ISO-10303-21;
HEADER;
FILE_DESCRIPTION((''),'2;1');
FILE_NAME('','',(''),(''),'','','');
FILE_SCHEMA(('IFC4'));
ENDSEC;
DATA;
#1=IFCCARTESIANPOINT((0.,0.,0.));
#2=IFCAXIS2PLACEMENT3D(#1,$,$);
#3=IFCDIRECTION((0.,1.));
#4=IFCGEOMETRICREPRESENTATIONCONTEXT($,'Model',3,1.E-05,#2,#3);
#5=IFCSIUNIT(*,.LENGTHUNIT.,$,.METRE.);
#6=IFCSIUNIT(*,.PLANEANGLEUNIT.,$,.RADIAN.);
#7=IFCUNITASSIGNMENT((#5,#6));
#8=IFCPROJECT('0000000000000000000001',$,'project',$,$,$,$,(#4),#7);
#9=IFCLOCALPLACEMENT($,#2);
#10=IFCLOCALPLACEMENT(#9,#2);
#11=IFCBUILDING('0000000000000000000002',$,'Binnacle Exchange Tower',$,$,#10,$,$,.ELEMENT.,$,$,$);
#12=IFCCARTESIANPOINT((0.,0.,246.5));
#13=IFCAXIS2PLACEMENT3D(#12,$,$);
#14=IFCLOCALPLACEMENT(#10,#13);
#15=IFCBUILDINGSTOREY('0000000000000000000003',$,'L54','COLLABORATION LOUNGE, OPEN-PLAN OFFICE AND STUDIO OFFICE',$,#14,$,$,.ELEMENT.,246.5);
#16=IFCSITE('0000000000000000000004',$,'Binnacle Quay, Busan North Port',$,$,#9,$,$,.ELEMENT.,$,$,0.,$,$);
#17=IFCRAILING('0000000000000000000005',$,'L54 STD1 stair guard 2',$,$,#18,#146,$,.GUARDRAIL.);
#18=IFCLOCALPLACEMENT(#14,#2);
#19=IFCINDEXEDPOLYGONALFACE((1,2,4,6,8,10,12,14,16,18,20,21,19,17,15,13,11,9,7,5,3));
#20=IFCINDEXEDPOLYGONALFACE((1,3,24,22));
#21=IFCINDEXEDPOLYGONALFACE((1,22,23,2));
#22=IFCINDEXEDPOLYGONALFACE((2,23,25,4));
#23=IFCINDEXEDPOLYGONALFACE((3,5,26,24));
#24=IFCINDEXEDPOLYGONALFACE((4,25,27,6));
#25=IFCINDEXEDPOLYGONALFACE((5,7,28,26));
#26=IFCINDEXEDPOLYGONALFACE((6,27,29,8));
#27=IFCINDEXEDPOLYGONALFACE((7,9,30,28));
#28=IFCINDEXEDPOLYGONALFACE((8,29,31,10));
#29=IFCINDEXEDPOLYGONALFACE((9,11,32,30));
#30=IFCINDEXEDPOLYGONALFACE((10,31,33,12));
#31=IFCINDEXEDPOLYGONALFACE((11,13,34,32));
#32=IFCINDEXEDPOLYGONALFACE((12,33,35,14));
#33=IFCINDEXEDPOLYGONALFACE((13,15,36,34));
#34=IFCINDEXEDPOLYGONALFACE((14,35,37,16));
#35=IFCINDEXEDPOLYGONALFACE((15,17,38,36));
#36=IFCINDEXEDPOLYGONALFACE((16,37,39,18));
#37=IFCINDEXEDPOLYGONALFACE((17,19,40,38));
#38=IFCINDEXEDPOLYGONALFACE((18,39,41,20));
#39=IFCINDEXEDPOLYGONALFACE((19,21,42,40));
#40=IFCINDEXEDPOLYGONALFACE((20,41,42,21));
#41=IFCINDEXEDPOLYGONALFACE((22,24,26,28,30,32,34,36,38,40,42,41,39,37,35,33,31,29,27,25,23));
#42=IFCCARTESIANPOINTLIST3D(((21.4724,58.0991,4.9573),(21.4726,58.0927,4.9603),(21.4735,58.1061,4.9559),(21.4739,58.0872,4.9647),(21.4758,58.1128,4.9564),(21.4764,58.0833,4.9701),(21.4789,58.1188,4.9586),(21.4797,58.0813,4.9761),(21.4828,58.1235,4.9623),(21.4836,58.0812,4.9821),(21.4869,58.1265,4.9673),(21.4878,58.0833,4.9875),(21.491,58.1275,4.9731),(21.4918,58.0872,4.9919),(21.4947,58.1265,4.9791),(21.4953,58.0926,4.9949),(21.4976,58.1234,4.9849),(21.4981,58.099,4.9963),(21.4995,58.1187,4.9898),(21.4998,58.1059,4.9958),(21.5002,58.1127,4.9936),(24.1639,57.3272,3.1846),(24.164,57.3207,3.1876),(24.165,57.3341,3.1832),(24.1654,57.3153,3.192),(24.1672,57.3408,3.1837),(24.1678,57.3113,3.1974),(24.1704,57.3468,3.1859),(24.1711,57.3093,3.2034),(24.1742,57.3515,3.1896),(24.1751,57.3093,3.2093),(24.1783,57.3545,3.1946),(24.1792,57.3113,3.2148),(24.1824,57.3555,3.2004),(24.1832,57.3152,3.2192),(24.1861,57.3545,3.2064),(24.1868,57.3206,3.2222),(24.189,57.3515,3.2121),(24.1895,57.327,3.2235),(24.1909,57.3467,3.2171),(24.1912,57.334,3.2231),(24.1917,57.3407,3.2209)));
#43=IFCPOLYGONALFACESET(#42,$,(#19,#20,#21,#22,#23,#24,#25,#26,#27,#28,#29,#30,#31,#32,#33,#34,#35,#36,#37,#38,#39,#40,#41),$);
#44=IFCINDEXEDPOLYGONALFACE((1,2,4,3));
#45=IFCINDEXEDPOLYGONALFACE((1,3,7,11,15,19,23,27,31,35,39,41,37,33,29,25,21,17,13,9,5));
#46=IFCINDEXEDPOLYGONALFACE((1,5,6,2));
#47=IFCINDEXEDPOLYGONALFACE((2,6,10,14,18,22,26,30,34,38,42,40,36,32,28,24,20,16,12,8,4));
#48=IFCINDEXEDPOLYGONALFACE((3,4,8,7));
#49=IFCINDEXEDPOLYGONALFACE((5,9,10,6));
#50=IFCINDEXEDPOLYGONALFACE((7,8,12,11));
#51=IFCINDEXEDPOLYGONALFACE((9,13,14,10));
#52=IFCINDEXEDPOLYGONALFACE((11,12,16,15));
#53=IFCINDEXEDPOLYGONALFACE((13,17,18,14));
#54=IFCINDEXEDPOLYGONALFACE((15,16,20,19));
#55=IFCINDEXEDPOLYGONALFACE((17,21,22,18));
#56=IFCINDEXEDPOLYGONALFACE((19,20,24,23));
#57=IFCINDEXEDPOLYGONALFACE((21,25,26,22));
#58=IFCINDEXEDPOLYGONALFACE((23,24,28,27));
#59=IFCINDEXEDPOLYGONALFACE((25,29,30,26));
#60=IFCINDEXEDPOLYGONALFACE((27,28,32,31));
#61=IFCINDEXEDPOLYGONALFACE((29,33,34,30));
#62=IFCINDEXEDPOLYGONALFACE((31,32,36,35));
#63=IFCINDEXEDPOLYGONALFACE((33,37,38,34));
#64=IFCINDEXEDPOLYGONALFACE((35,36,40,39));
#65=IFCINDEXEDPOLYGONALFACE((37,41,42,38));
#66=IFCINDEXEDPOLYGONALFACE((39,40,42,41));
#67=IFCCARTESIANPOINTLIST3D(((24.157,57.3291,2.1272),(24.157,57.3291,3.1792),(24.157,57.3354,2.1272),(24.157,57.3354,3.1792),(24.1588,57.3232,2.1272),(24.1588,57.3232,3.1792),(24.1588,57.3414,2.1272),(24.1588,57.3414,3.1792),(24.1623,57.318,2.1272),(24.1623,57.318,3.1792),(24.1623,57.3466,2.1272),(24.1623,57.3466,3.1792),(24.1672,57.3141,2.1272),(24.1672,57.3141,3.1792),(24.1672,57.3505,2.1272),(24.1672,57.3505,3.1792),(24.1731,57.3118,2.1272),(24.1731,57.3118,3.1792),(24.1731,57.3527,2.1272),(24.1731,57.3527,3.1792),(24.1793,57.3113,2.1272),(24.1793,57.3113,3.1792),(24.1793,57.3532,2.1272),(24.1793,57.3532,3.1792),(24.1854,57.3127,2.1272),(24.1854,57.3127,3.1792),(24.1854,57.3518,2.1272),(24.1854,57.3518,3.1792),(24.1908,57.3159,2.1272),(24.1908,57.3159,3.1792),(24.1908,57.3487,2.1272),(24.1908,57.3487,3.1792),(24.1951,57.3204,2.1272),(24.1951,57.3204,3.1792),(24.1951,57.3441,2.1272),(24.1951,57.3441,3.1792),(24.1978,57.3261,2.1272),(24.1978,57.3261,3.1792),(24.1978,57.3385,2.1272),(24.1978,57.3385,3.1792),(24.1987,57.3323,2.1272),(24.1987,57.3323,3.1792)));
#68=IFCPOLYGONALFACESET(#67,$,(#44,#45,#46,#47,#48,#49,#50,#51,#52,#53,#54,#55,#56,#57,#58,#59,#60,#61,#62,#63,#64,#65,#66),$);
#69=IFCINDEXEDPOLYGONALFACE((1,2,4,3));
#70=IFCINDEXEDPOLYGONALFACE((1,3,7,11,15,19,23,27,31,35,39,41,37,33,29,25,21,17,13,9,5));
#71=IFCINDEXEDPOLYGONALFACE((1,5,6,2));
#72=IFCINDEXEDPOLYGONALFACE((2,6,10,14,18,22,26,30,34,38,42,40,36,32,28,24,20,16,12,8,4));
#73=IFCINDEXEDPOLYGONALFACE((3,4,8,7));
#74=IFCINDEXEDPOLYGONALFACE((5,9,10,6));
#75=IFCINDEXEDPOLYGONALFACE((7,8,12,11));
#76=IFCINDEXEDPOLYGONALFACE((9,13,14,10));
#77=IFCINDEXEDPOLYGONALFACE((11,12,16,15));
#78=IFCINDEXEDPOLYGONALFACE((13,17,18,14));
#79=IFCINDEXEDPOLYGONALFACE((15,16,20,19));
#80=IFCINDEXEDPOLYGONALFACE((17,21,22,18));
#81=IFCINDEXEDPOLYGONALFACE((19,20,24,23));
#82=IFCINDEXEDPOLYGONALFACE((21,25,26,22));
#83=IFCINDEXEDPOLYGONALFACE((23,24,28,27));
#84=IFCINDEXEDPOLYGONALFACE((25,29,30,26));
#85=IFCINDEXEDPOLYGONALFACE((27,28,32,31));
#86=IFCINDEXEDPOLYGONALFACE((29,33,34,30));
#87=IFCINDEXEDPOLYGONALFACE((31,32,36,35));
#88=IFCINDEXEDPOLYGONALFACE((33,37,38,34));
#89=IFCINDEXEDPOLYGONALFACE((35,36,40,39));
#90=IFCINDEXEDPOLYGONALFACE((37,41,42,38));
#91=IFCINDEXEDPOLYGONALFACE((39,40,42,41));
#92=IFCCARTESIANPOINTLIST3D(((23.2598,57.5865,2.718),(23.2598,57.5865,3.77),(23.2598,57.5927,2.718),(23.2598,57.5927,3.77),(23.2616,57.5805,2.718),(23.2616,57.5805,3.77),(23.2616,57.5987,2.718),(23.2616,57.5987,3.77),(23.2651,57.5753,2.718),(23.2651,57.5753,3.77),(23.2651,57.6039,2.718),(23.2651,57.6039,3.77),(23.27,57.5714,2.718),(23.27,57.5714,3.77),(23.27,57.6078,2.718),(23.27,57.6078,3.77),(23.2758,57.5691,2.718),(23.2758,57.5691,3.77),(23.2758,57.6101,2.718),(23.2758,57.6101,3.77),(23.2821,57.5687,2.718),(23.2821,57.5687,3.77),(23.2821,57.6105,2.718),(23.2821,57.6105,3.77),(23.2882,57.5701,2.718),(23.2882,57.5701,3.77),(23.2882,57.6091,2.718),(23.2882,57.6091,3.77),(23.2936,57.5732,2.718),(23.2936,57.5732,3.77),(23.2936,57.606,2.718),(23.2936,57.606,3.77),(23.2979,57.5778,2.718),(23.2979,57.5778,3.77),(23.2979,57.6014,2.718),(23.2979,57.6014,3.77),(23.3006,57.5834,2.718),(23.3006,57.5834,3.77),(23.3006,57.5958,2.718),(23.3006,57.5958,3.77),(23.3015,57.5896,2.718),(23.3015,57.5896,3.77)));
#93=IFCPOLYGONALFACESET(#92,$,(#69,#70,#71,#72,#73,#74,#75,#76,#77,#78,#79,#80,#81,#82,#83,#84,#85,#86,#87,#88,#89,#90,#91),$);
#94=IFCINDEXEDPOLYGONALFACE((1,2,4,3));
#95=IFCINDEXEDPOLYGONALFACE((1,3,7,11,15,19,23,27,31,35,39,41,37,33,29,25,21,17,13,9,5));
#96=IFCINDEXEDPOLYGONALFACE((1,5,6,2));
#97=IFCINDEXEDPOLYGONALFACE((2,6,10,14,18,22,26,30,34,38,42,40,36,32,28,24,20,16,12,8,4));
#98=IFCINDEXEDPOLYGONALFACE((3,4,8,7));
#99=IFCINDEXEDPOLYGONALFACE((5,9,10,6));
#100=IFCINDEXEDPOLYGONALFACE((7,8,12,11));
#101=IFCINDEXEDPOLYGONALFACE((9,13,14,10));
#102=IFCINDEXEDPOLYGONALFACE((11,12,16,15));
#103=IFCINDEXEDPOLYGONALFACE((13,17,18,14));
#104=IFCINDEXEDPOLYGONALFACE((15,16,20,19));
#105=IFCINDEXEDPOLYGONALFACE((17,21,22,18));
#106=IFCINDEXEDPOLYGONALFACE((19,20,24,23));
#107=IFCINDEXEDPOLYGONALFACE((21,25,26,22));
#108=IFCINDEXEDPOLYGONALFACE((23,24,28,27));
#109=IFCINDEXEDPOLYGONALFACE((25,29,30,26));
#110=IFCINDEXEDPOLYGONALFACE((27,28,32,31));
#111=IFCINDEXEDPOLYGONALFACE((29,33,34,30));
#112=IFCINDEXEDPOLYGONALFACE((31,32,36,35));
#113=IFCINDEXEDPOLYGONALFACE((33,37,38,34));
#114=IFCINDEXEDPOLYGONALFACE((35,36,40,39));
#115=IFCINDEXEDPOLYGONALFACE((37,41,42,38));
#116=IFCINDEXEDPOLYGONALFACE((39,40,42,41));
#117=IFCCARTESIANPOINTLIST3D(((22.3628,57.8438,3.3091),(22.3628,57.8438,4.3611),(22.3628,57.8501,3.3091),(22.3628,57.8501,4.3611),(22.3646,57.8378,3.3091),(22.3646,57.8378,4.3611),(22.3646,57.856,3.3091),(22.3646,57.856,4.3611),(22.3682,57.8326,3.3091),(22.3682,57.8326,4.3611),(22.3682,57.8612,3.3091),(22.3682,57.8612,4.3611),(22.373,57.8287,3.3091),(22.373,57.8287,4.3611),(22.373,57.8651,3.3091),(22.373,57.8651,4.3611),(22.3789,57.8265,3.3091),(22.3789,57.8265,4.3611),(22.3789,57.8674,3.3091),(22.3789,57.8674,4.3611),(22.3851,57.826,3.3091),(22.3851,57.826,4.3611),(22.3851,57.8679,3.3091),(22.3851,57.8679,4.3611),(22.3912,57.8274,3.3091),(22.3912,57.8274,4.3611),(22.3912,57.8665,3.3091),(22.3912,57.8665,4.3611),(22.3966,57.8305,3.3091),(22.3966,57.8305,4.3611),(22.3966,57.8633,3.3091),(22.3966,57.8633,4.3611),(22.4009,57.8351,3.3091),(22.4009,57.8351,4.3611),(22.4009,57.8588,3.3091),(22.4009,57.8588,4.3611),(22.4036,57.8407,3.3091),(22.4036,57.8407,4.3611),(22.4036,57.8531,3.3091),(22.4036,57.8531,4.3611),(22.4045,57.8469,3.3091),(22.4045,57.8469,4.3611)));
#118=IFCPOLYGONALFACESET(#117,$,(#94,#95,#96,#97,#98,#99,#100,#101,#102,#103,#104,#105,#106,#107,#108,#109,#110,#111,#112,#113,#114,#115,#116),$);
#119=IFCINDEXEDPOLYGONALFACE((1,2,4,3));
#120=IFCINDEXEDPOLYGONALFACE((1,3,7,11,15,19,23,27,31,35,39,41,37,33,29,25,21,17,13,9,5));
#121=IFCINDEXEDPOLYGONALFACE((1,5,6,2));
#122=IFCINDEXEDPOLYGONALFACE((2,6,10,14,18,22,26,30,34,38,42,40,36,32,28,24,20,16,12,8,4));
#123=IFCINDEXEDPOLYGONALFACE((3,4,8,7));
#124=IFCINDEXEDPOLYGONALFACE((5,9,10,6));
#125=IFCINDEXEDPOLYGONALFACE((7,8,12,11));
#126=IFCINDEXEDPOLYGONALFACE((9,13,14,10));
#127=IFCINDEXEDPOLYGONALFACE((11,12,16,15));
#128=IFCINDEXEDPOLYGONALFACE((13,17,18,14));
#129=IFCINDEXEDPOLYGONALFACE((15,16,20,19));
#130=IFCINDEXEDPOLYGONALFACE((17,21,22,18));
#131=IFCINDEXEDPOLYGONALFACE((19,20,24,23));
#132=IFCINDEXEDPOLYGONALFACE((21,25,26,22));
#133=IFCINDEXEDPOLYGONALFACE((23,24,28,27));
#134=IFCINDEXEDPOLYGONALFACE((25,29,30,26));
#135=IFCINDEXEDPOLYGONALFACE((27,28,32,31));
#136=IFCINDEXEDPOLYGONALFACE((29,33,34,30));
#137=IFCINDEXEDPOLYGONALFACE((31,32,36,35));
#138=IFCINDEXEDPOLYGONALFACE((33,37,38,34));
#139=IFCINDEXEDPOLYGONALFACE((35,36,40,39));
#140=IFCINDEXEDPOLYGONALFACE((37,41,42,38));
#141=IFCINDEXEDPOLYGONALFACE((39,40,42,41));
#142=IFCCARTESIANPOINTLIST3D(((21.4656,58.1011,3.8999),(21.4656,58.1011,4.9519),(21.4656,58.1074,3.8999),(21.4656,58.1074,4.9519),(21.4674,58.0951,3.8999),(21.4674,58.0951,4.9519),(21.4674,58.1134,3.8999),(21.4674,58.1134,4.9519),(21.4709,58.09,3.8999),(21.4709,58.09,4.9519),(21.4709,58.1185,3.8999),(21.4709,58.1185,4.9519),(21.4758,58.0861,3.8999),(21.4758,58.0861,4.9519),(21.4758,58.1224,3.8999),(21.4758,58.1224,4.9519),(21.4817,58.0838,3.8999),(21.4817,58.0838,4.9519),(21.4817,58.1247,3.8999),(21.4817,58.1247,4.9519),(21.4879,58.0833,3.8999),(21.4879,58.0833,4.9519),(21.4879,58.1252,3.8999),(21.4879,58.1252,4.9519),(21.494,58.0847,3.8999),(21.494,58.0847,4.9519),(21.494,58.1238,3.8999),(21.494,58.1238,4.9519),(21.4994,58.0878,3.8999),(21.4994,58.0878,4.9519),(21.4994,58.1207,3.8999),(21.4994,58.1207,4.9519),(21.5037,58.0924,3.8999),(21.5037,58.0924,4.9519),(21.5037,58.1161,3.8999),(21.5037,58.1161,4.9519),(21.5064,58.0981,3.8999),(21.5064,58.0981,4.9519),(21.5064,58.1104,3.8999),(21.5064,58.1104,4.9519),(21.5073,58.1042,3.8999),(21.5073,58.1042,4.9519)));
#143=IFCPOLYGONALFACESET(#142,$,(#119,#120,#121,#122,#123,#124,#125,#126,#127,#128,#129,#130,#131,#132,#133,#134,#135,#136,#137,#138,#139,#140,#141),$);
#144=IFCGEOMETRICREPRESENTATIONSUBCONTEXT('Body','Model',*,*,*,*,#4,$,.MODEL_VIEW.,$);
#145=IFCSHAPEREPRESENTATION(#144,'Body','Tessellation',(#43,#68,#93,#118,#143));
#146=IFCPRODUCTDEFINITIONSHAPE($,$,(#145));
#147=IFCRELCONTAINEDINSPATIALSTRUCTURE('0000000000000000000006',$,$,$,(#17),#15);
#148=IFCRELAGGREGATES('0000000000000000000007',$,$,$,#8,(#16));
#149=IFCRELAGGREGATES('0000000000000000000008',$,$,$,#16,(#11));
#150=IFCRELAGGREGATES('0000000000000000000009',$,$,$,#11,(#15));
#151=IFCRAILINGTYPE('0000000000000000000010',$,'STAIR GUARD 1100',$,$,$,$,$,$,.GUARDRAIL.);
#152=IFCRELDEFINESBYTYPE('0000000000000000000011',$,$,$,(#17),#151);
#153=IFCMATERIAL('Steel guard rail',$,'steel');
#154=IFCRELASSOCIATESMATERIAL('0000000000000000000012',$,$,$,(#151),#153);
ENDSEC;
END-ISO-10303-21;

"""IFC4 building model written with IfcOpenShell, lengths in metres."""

from ifc_helpers import new_model, si_unit, direction, frame, origin, origin_2d, place, context, subcontext, project, spatial, circle, extrude, material, type_object, element, save


model = new_model("IFC4")

# Units and contexts
model_context = context("Model", 3, precision=1e-05, world=origin(), true_north=direction((0.0, 1.0)))
body_context = subcontext(model_context, "Body", "Model", "MODEL_VIEW")
ifc_project = project(units=[si_unit("LENGTHUNIT", "METRE"), si_unit("PLANEANGLEUNIT", "RADIAN")], contexts=[model_context])

# Site, building, storey
site_placement = place(None, origin())
site = spatial("IfcSite", under=ifc_project, at=site_placement, Name="Binnacle Quay, Busan North Port", CompositionType="ELEMENT", RefElevation=0.0)
building_placement = place(site_placement, origin())
building = spatial("IfcBuilding", under=site, at=building_placement, Name="Binnacle Exchange Tower", CompositionType="ELEMENT")
storey_placement = place(building_placement, frame((0.0, 0.0, 246.5)))
storey = spatial("IfcBuildingStorey", under=building, at=storey_placement, Name="L54", Description="COLLABORATION LOUNGE, OPEN-PLAN OFFICE AND STUDIO OFFICE", CompositionType="ELEMENT", Elevation=246.5)

# Railing
ifc_material_1 = material(Name="Steel guard rail", Category="steel")
railing_type = type_object("IfcRailingType", Name="STAIR GUARD 1100", PredefinedType="GUARDRAIL", material=ifc_material_1)
railing_1_placement = place(storey_placement, frame((24.1777, 57.3323, 2.1272)))
element("IfcRailing", 1, at=railing_1_placement, inside=storey, type_object=railing_type, Name="L54 STD1 stair guard 2", PredefinedType="GUARDRAIL", context=body_context, shape_type="SweptSolid", body=[
    extrude(circle(Radius=0.0239, at=origin_2d()), frame((0.0, 0.0, 1.0762), z_axis=(-0.812151, 0.232948, 0.534926), x_axis=(-0.275711, -0.96124, 0.0)), (0.0, 0.0, 1.0), 3.314),
    extrude(circle(Radius=0.021, at=origin_2d()), origin(), (0.0, 0.0, 1.0), 1.052),
    extrude(circle(Radius=0.021, at=origin_2d()), frame((-0.8972, 0.2573, 0.5908)), (0.0, 0.0, 1.0), 1.052),
    extrude(circle(Radius=0.021, at=origin_2d()), frame((-1.7942, 0.5146, 1.1819)), (0.0, 0.0, 1.0), 1.052),
    extrude(circle(Radius=0.021, at=origin_2d()), frame((-2.6914, 0.772, 1.7727)), (0.0, 0.0, 1.0), 1.052),
])

save(model, "model.ifc")
